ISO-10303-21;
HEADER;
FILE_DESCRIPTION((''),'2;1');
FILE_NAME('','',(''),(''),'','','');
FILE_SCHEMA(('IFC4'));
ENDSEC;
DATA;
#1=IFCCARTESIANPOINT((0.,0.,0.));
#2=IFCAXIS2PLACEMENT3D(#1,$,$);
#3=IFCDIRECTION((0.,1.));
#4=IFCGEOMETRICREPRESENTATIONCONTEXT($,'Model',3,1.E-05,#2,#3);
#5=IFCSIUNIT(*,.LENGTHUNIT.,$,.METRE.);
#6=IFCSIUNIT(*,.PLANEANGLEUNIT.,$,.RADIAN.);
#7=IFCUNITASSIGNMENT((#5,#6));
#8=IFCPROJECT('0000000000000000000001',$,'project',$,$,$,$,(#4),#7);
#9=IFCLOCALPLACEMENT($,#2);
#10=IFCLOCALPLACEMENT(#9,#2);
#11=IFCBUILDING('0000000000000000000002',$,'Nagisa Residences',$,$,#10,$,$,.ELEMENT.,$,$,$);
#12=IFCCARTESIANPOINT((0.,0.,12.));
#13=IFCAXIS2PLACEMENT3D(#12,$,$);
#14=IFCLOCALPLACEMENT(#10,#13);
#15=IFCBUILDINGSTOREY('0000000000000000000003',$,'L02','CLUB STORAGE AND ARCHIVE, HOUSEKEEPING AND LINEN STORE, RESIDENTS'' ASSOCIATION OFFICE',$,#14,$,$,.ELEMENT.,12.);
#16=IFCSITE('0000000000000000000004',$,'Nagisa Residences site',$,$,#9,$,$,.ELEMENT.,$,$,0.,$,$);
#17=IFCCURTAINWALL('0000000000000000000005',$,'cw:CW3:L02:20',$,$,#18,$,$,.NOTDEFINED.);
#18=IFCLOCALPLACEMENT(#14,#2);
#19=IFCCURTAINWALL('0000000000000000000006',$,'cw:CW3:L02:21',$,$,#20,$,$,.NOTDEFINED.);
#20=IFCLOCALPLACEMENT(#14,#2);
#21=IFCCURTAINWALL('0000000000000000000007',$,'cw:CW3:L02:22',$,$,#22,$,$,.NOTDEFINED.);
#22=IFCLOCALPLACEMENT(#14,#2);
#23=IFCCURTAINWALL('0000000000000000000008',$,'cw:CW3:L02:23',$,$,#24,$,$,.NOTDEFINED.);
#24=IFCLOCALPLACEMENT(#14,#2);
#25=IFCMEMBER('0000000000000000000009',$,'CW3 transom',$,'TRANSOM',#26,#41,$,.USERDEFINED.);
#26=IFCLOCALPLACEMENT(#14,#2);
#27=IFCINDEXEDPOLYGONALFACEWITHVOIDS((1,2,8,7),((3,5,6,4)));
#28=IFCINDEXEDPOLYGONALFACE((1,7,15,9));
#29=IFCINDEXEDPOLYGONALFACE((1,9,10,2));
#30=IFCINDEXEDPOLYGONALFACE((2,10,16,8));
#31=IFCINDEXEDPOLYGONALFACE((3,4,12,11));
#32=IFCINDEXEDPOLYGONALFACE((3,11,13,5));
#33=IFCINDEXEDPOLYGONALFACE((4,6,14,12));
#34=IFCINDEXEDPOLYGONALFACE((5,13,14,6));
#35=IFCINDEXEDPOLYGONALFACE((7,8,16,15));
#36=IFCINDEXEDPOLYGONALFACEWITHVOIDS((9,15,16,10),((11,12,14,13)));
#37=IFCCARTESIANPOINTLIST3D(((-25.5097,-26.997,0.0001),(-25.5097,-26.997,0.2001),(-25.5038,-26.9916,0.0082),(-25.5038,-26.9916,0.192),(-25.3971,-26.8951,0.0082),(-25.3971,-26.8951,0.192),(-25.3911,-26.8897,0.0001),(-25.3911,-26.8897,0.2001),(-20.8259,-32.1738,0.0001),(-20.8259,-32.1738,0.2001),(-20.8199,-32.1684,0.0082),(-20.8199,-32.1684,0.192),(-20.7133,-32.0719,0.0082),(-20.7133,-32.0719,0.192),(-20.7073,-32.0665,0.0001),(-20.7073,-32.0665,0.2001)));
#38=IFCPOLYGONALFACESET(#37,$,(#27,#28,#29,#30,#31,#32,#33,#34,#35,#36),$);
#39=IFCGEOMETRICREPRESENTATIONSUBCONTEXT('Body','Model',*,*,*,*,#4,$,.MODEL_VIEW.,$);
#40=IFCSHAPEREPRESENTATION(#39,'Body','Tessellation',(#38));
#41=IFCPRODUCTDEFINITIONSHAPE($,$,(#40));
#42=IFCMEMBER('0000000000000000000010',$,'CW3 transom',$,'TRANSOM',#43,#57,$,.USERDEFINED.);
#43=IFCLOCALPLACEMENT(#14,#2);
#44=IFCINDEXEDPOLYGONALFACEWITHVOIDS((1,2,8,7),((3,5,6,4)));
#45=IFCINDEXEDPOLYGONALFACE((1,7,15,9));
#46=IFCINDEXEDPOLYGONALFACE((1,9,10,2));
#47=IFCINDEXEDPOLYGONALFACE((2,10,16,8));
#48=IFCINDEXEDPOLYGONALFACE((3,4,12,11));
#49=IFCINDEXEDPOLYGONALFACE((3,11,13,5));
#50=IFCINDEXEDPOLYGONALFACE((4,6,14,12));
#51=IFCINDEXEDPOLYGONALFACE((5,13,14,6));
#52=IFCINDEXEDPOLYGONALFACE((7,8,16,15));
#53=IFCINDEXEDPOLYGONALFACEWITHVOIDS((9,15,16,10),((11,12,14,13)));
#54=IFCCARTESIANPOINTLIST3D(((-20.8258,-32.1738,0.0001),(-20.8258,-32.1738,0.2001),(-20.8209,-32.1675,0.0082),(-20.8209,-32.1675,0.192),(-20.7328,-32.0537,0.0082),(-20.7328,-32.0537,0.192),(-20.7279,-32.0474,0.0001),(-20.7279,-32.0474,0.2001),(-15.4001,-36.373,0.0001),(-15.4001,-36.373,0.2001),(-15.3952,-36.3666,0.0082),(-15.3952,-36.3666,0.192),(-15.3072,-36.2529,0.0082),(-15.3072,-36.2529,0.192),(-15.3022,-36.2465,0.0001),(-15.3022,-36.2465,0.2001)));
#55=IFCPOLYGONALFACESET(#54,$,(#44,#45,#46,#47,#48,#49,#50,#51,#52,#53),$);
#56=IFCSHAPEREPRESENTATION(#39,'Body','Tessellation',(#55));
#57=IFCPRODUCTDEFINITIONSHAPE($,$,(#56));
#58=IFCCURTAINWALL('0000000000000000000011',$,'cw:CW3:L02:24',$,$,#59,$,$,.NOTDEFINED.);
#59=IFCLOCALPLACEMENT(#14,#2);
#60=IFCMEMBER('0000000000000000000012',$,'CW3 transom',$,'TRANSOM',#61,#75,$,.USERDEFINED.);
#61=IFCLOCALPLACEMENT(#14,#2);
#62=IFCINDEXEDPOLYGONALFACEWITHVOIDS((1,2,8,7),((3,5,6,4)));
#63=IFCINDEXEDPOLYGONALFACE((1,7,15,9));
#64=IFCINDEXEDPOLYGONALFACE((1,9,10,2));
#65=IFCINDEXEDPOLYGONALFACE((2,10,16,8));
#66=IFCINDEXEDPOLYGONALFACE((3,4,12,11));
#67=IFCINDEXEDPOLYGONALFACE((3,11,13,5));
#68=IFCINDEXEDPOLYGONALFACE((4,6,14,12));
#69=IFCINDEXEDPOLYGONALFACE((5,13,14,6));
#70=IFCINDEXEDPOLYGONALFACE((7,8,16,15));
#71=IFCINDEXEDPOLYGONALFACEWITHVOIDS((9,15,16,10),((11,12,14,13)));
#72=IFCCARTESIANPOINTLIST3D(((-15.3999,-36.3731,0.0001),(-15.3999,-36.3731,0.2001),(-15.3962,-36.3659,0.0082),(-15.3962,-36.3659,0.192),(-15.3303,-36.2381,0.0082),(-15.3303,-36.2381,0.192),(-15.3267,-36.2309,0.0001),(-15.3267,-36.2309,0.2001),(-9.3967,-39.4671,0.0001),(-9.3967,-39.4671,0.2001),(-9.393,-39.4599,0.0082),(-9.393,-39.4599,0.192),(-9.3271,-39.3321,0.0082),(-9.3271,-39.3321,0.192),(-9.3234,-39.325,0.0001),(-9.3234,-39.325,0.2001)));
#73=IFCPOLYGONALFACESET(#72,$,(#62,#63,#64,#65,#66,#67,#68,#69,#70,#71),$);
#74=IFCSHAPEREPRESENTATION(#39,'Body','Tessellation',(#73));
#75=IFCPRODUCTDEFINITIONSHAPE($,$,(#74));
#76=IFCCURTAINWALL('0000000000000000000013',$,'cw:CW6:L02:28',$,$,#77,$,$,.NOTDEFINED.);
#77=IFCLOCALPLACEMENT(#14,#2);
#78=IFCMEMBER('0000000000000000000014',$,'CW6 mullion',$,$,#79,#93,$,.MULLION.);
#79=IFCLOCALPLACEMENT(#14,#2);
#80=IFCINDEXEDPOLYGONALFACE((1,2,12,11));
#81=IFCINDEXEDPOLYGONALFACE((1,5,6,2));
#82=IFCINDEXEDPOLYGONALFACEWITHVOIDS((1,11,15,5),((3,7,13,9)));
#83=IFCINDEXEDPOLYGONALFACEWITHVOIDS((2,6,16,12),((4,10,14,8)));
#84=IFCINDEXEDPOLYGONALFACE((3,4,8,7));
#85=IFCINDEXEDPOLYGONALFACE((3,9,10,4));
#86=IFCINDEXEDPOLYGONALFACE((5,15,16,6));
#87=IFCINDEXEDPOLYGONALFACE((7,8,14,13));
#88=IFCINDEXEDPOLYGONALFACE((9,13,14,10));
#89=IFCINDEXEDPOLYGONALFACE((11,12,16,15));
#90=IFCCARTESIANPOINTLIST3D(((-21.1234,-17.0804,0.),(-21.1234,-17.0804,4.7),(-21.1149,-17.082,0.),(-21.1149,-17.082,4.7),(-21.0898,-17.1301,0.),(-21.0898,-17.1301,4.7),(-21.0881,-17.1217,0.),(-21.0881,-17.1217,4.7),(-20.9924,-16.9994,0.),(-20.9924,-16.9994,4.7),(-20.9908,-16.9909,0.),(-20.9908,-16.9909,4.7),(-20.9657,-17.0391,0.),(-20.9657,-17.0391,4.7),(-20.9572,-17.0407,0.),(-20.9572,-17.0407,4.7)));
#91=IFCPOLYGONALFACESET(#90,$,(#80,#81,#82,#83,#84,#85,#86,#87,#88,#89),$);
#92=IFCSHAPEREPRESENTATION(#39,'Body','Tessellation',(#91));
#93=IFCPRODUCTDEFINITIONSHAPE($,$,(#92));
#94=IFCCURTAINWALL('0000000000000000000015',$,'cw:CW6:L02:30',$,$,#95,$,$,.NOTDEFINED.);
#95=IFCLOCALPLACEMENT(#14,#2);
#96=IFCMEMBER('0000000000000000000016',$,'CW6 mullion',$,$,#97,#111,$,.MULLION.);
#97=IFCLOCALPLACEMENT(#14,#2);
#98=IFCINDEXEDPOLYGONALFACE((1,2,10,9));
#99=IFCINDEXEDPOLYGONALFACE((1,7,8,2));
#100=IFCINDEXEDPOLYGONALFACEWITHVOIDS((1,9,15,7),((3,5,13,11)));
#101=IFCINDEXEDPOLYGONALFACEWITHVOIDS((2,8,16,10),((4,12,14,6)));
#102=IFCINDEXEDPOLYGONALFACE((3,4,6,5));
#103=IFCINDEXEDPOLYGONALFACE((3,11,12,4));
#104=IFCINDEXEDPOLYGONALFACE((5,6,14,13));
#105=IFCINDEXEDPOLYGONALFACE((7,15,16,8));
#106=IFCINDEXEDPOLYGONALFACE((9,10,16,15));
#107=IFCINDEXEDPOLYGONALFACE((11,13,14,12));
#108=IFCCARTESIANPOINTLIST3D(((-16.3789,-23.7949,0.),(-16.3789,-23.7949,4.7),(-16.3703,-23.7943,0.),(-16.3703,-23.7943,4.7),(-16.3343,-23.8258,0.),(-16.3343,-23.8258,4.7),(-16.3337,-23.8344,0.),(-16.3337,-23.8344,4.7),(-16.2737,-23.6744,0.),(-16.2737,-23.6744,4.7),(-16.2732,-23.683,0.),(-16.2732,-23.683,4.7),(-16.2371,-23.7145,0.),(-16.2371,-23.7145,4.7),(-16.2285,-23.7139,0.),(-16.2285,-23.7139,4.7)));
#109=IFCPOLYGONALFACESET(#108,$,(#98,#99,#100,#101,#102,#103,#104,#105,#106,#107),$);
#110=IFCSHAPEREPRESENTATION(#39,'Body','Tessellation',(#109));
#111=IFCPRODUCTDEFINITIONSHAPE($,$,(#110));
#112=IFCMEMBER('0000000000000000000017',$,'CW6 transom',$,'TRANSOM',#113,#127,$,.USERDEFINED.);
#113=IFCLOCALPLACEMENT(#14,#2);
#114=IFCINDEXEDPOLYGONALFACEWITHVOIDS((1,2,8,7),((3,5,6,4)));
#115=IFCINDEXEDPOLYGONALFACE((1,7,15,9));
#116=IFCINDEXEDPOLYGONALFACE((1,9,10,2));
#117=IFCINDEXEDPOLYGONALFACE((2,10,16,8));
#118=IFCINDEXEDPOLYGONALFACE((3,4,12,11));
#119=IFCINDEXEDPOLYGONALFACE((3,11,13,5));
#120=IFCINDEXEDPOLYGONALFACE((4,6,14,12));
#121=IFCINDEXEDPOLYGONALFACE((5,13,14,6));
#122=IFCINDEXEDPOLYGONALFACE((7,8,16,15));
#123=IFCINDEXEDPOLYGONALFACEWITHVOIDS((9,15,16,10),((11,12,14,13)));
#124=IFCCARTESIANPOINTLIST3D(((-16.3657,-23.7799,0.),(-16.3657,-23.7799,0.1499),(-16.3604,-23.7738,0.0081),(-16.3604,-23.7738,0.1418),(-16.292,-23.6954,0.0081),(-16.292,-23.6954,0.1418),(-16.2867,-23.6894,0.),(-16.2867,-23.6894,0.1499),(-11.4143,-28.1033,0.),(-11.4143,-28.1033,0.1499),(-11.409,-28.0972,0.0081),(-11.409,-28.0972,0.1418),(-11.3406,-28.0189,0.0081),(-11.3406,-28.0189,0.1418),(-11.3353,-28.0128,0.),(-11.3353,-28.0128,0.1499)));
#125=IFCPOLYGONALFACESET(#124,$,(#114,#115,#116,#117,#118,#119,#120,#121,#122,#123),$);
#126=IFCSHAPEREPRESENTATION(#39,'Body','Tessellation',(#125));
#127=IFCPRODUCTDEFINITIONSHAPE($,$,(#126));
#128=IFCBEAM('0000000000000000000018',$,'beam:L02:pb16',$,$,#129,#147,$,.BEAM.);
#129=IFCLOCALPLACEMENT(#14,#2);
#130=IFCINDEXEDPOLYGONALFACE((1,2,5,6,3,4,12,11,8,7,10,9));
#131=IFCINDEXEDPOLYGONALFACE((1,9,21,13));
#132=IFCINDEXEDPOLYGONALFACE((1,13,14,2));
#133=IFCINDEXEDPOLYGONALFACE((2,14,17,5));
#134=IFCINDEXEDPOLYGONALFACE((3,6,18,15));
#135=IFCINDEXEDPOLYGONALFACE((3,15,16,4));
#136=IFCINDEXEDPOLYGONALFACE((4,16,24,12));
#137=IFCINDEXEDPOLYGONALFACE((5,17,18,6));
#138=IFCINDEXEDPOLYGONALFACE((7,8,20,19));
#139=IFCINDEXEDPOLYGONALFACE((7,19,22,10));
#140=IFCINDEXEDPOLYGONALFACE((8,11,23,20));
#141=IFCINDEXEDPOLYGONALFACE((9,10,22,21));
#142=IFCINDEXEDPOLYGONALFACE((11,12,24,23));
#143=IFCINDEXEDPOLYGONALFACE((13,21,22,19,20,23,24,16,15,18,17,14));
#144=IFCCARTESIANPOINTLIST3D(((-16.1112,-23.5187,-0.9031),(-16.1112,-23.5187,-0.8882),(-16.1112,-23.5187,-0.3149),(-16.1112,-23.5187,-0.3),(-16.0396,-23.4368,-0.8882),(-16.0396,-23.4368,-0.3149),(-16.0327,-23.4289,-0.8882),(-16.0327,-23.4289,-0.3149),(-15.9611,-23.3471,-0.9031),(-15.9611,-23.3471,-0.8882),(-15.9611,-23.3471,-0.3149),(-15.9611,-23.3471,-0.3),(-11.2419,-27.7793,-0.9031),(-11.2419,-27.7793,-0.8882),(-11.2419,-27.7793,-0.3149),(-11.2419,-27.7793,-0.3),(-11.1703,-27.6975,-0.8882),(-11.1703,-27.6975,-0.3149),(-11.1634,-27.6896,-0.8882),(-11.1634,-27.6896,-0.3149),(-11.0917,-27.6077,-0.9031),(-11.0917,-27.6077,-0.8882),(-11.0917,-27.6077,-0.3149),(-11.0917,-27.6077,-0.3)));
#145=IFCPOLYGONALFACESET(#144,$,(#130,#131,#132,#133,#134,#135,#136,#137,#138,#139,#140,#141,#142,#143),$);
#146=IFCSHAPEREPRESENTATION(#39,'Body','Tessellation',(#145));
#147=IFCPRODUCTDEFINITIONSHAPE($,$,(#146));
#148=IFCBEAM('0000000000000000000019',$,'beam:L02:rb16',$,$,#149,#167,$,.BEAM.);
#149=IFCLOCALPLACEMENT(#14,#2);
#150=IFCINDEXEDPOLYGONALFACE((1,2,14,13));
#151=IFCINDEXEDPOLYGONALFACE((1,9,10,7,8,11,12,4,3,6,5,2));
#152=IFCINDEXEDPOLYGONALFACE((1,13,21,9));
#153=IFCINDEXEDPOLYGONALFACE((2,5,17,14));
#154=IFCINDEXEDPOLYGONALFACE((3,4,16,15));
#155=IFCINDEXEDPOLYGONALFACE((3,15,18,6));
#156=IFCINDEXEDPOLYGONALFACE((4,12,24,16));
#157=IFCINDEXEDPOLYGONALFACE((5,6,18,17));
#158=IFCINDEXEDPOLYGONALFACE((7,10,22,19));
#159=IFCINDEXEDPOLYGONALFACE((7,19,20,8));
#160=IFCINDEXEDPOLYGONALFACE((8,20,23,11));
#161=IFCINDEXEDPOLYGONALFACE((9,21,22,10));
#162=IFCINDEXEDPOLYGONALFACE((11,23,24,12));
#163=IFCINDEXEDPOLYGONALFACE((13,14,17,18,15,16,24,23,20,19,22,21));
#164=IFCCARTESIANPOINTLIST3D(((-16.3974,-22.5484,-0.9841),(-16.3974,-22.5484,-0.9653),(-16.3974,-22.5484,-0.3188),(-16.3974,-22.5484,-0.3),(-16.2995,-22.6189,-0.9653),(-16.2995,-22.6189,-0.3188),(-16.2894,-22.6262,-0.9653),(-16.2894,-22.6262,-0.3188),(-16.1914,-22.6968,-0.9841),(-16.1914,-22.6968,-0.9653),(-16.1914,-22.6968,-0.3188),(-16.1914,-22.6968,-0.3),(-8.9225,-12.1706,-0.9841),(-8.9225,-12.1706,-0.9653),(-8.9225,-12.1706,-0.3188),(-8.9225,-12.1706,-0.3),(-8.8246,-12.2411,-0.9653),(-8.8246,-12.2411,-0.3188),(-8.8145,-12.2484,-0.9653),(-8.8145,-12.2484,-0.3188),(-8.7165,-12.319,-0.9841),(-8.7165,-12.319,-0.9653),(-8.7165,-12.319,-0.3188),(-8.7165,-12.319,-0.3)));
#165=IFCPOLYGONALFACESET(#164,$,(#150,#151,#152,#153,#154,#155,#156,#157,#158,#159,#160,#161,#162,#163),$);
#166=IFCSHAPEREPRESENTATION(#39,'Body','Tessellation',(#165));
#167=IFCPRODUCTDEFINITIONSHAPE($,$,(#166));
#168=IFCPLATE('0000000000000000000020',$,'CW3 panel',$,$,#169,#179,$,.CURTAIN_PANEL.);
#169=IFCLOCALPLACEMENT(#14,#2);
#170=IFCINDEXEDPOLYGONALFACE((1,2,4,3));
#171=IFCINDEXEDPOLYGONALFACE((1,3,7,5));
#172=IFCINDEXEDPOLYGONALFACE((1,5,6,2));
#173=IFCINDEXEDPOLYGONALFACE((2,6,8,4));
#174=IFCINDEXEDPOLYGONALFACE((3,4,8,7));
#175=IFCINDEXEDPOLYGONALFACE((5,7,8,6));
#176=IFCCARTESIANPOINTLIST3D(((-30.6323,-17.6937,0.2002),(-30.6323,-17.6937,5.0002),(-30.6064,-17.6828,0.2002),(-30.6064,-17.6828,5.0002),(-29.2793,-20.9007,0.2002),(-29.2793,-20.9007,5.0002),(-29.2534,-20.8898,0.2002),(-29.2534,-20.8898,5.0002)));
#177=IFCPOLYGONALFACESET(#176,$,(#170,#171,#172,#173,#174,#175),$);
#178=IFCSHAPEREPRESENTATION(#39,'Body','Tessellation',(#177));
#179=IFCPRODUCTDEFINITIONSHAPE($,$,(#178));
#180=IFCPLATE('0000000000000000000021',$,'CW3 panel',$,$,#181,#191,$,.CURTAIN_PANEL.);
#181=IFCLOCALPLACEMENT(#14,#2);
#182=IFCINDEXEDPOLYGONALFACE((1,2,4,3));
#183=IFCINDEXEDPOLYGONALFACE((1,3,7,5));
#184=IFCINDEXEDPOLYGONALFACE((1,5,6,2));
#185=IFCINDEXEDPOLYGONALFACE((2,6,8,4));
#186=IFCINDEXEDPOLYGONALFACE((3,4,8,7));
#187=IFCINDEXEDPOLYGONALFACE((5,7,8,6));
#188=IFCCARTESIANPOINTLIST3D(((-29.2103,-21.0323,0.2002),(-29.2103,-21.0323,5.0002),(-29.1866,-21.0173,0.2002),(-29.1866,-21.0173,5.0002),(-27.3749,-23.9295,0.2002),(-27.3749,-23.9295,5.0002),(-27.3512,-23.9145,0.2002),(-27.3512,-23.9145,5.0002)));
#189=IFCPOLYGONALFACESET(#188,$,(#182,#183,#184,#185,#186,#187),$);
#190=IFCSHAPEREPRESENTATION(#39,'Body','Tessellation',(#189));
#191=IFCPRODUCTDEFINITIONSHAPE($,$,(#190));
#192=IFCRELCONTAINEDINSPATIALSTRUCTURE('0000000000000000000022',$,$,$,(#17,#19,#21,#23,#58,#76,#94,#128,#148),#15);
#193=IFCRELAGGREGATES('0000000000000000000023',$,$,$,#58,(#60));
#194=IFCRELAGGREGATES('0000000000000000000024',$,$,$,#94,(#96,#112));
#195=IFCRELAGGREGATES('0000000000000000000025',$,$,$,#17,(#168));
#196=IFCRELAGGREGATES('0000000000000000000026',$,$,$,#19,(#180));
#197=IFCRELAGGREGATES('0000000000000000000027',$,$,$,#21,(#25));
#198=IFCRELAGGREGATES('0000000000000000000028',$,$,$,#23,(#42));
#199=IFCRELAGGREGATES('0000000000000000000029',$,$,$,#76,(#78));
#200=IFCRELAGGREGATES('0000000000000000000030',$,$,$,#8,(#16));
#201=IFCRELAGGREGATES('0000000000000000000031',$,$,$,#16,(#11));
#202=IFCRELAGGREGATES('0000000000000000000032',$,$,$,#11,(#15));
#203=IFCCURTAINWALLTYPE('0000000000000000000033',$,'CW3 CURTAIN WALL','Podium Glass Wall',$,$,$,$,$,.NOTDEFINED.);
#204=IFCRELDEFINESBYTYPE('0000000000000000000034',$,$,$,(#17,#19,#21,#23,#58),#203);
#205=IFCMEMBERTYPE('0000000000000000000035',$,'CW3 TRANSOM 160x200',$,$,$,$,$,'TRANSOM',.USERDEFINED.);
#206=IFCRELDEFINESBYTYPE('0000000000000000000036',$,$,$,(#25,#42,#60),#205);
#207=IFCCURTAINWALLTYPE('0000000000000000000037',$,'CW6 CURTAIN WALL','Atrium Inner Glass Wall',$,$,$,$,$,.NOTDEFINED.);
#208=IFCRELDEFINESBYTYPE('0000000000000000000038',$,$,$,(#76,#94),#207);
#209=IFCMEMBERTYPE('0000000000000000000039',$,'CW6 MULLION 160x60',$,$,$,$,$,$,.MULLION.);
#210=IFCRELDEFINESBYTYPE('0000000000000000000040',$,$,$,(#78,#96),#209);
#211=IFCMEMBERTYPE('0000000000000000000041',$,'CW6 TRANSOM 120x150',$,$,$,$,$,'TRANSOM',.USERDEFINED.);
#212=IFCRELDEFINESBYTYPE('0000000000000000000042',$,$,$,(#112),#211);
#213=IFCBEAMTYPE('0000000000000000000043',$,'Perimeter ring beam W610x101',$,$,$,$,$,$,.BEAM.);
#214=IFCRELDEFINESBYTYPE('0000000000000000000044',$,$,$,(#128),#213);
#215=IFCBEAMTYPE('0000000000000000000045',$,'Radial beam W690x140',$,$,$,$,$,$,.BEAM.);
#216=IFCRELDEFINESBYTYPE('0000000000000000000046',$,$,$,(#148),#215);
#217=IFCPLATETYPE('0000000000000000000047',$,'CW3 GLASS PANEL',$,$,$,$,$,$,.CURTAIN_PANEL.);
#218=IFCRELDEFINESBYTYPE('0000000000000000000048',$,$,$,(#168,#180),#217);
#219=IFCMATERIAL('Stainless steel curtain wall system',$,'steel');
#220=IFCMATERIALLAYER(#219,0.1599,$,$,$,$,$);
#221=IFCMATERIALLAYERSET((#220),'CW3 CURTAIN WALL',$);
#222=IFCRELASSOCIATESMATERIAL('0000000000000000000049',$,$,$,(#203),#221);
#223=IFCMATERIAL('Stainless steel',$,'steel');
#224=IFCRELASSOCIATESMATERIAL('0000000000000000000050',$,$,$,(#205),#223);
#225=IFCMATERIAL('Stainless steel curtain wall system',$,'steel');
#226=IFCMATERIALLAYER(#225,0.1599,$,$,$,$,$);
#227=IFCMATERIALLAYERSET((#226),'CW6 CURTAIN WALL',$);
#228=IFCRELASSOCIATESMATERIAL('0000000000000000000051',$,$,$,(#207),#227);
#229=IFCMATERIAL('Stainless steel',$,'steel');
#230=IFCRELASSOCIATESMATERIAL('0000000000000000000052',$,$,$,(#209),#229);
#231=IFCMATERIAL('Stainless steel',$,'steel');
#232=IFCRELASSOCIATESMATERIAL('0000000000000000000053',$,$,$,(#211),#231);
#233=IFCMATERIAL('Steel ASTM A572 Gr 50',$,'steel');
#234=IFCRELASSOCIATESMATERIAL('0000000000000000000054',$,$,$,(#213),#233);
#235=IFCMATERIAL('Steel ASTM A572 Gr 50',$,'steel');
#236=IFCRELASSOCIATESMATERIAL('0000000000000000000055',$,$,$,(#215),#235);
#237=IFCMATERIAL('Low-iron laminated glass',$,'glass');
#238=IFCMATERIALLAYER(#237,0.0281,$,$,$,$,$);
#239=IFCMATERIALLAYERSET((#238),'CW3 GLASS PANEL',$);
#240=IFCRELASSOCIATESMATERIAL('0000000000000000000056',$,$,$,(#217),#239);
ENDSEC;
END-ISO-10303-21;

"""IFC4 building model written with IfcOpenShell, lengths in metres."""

from ifc_helpers import new_model, si_unit, direction, frame, origin, origin_2d, place, context, subcontext, project, spatial, rectangle, hollow_rectangle, i_section, extrude, material, layer, layer_set, material_profile, profile_set, type_object, element, aggregate, save


model = new_model("IFC4")

# Units and contexts
model_context = context("Model", 3, precision=1e-05, world=origin(), true_north=direction((0.0, 1.0)))
body_context = subcontext(model_context, "Body", "Model", "MODEL_VIEW")
ifc_project = project(units=[si_unit("LENGTHUNIT", "METRE"), si_unit("PLANEANGLEUNIT", "RADIAN")], contexts=[model_context])

# Site, building, storey
site_placement = place(None, origin())
site = spatial("IfcSite", under=ifc_project, at=site_placement, Name="Nagisa Residences site", CompositionType="ELEMENT", RefElevation=0.0)
building_placement = place(site_placement, origin())
building = spatial("IfcBuilding", under=site, at=building_placement, Name="Nagisa Residences", CompositionType="ELEMENT")
storey_placement = place(building_placement, frame((0.0, 0.0, 12.0)))
storey = spatial("IfcBuildingStorey", under=building, at=storey_placement, Name="L02", Description="CLUB STORAGE AND ARCHIVE, HOUSEKEEPING AND LINEN STORE, RESIDENTS' ASSOCIATION OFFICE", CompositionType="ELEMENT", Elevation=12.0)

# Curtain walls
ifc_material_1 = material(Name="Stainless steel curtain wall system", Category="steel")
ifc_layer_1 = layer(ifc_material_1, 0.1599)
ifc_layer_set_1 = layer_set([ifc_layer_1], Name="CW3 CURTAIN WALL")
curtain_wall_type_1 = type_object("IfcCurtainWallType", Name="CW3 CURTAIN WALL", Description="Podium Glass Wall", PredefinedType="NOTDEFINED", material=ifc_layer_set_1)
curtain_wall_1_placement = place(storey_placement, origin())
curtain_wall_1 = element("IfcCurtainWall", 1, at=curtain_wall_1_placement, inside=storey, type_object=curtain_wall_type_1, Name="cw:CW3:L02:20", PredefinedType="NOTDEFINED")
curtain_wall_2_placement = place(storey_placement, origin())
curtain_wall_2 = element("IfcCurtainWall", 2, at=curtain_wall_2_placement, inside=storey, type_object=curtain_wall_type_1, Name="cw:CW3:L02:21", PredefinedType="NOTDEFINED")
curtain_wall_3_placement = place(storey_placement, origin())
curtain_wall_3 = element("IfcCurtainWall", 3, at=curtain_wall_3_placement, inside=storey, type_object=curtain_wall_type_1, Name="cw:CW3:L02:22", PredefinedType="NOTDEFINED")
curtain_wall_4_placement = place(storey_placement, origin())
curtain_wall_4 = element("IfcCurtainWall", 4, at=curtain_wall_4_placement, inside=storey, type_object=curtain_wall_type_1, Name="cw:CW3:L02:23", PredefinedType="NOTDEFINED")

# Members
ifc_material_2 = material(Name="Stainless steel", Category="steel")
ifc_material_profile_1 = material_profile(ifc_material_2, hollow_rectangle(XDim=0.1599, YDim=0.2, WallThickness=0.0081, at=origin_2d()), Name="CW3 TRANSOM 160x200")
ifc_profile_set_1 = profile_set([ifc_material_profile_1], Name="Stainless steel")
member_type_1 = type_object("IfcMemberType", Name="CW3 TRANSOM 160x200", ElementType="TRANSOM", PredefinedType="USERDEFINED", material=ifc_profile_set_1)
member_1_placement = place(storey_placement, frame((-25.4504, -26.9434, 0.1001), z_axis=(0.670922, -0.741528, 0.0), x_axis=(0.741528, 0.670922, 0.0)))
member_1 = element("IfcMember", 5, at=member_1_placement, type_object=member_type_1, Name="CW3 transom", ObjectType="TRANSOM", PredefinedType="USERDEFINED", context=body_context, shape_type="SweptSolid", body=[
    extrude(hollow_rectangle(XDim=0.1599, YDim=0.2, WallThickness=0.0081, at=origin_2d()), origin(), (0.0, 0.0, 1.0), 6.9812),
])
member_2_placement = place(storey_placement, frame((-20.7769, -32.1106, 0.1001), z_axis=(0.790821, -0.612047, 0.0), x_axis=(0.612047, 0.790821, 0.0)))
member_2 = element("IfcMember", 6, at=member_2_placement, type_object=member_type_1, Name="CW3 transom", ObjectType="TRANSOM", PredefinedType="USERDEFINED", context=body_context, shape_type="SweptSolid", body=[
    extrude(hollow_rectangle(XDim=0.1599, YDim=0.2, WallThickness=0.0081, at=origin_2d()), origin(), (0.0, 0.0, 1.0), 6.8608),
])

# Curtain walls, members
curtain_wall_5_placement = place(storey_placement, origin())
curtain_wall_5 = element("IfcCurtainWall", 7, at=curtain_wall_5_placement, inside=storey, type_object=curtain_wall_type_1, Name="cw:CW3:L02:24", PredefinedType="NOTDEFINED")
member_3_placement = place(storey_placement, frame((-15.3633, -36.302, 0.1001), z_axis=(0.888887, -0.458126, 0.0), x_axis=(0.458126, 0.888887, 0.0)))
member_3 = element("IfcMember", 8, at=member_3_placement, type_object=member_type_1, Name="CW3 transom", ObjectType="TRANSOM", PredefinedType="USERDEFINED", context=body_context, shape_type="SweptSolid", body=[
    extrude(hollow_rectangle(XDim=0.1599, YDim=0.2, WallThickness=0.0081, at=origin_2d()), origin(), (0.0, 0.0, 1.0), 6.7537),
])
aggregate(curtain_wall_5, [member_3])
ifc_material_3 = material(Name="Stainless steel curtain wall system", Category="steel")
ifc_layer_2 = layer(ifc_material_3, 0.1599)
ifc_layer_set_2 = layer_set([ifc_layer_2], Name="CW6 CURTAIN WALL")
curtain_wall_type_2 = type_object("IfcCurtainWallType", Name="CW6 CURTAIN WALL", Description="Atrium Inner Glass Wall", PredefinedType="NOTDEFINED", material=ifc_layer_set_2)
curtain_wall_6_placement = place(storey_placement, origin())
curtain_wall_6 = element("IfcCurtainWall", 9, at=curtain_wall_6_placement, inside=storey, type_object=curtain_wall_type_2, Name="cw:CW6:L02:28", PredefinedType="NOTDEFINED")
ifc_material_4 = material(Name="Stainless steel", Category="steel")
ifc_material_profile_2 = material_profile(ifc_material_4, hollow_rectangle(XDim=0.1599, YDim=0.0601, WallThickness=0.0061, at=origin_2d()), Name="CW6 MULLION 160x60")
ifc_profile_set_2 = profile_set([ifc_material_profile_2], Name="Stainless steel")
member_type_2 = type_object("IfcMemberType", Name="CW6 MULLION 160x60", PredefinedType="MULLION", material=ifc_profile_set_2)
member_4_placement = place(storey_placement, frame((-21.0403, -17.0605, 0.0), z_axis=(0.0, 0.0, 1.0), x_axis=(0.829111, 0.559084, 0.0)))
member_4 = element("IfcMember", 10, at=member_4_placement, type_object=member_type_2, Name="CW6 mullion", PredefinedType="MULLION", context=body_context, shape_type="SweptSolid", body=[
    extrude(hollow_rectangle(XDim=0.1599, YDim=0.0601, WallThickness=0.0061, at=origin_2d()), origin(), (0.0, 0.0, 1.0), 4.7),
])

# Curtain wall, members
curtain_wall_7_placement = place(storey_placement, origin())
curtain_wall_7 = element("IfcCurtainWall", 11, at=curtain_wall_7_placement, inside=storey, type_object=curtain_wall_type_2, Name="cw:CW6:L02:30", PredefinedType="NOTDEFINED")
member_5_placement = place(storey_placement, frame((-16.3037, -23.7544, 0.0), z_axis=(0.0, 0.0, 1.0), x_axis=(0.657721, 0.753261, 0.0)))
member_5 = element("IfcMember", 12, at=member_5_placement, type_object=member_type_2, Name="CW6 mullion", PredefinedType="MULLION", context=body_context, shape_type="SweptSolid", body=[
    extrude(hollow_rectangle(XDim=0.1599, YDim=0.0601, WallThickness=0.0061, at=origin_2d()), origin(), (0.0, 0.0, 1.0), 4.7),
])
ifc_material_5 = material(Name="Stainless steel", Category="steel")
ifc_material_profile_3 = material_profile(ifc_material_5, hollow_rectangle(XDim=0.1201, YDim=0.1499, WallThickness=0.0081, at=origin_2d()), Name="CW6 TRANSOM 120x150")
ifc_profile_set_3 = profile_set([ifc_material_profile_3], Name="Stainless steel")
member_type_3 = type_object("IfcMemberType", Name="CW6 TRANSOM 120x150", ElementType="TRANSOM", PredefinedType="USERDEFINED", material=ifc_profile_set_3)
member_6_placement = place(storey_placement, frame((-16.3262, -23.7346, 0.075), z_axis=(0.753255, -0.657729, 0.0), x_axis=(0.657729, 0.753255, 0.0)))
member_6 = element("IfcMember", 13, at=member_6_placement, type_object=member_type_3, Name="CW6 transom", ObjectType="TRANSOM", PredefinedType="USERDEFINED", context=body_context, shape_type="SweptSolid", body=[
    extrude(hollow_rectangle(XDim=0.1201, YDim=0.1499, WallThickness=0.0081, at=origin_2d()), origin(), (0.0, 0.0, 1.0), 6.5732),
])
aggregate(curtain_wall_7, [member_5, member_6])

# Beams
ifc_material_6 = material(Name="Steel ASTM A572 Gr 50", Category="steel")
ifc_material_profile_4 = material_profile(ifc_material_6, i_section(OverallWidth=0.228, OverallDepth=0.603, WebThickness=0.0105, FlangeThickness=0.0149, at=origin_2d()), Name="W610x101")
ifc_profile_set_4 = profile_set([ifc_material_profile_4], Name="Steel ASTM A572 Gr 50")
beam_type_1 = type_object("IfcBeamType", Name="Perimeter ring beam W610x101", PredefinedType="BEAM", material=ifc_profile_set_4)
beam_1_placement = place(storey_placement, frame((-16.0361, -23.4329, -0.6016), z_axis=(0.752574, -0.658507, 0.0), x_axis=(0.658507, 0.752574, 0.0)))
element("IfcBeam", 14, at=beam_1_placement, inside=storey, type_object=beam_type_1, Name="beam:L02:pb16", PredefinedType="BEAM", context=body_context, shape_type="SweptSolid", body=[
    extrude(i_section(OverallWidth=0.228, OverallDepth=0.603, WebThickness=0.0105, FlangeThickness=0.0149, at=origin_2d()), origin(), (0.0, 0.0, 1.0), 6.4702),
])
ifc_material_7 = material(Name="Steel ASTM A572 Gr 50", Category="steel")
ifc_material_profile_5 = material_profile(ifc_material_7, i_section(OverallWidth=0.2539, OverallDepth=0.6841, WebThickness=0.0125, FlangeThickness=0.0188, at=origin_2d()), Name="W690x140")
ifc_profile_set_5 = profile_set([ifc_material_profile_5], Name="Steel ASTM A572 Gr 50")
beam_type_2 = type_object("IfcBeamType", Name="Radial beam W690x140", PredefinedType="BEAM", material=ifc_profile_set_5)
beam_2_placement = place(storey_placement, frame((-16.2944, -22.6226, -0.6421), z_axis=(0.584455, 0.811426, 0.0), x_axis=(-0.811426, 0.584455, 0.0)))
element("IfcBeam", 15, at=beam_2_placement, inside=storey, type_object=beam_type_2, Name="beam:L02:rb16", PredefinedType="BEAM", context=body_context, shape_type="SweptSolid", body=[
    extrude(i_section(OverallWidth=0.2539, OverallDepth=0.6841, WebThickness=0.0125, FlangeThickness=0.0188, at=origin_2d()), origin(), (0.0, 0.0, 1.0), 12.7896),
])

# Plates
ifc_material_8 = material(Name="Low-iron laminated glass", Category="glass")
ifc_layer_3 = layer(ifc_material_8, 0.0281)
ifc_layer_set_3 = layer_set([ifc_layer_3], Name="CW3 GLASS PANEL")
plate_type_1 = type_object("IfcPlateType", Name="CW3 GLASS PANEL", PredefinedType="CURTAIN_PANEL", material=ifc_layer_set_3)
plate_1_placement = place(storey_placement, frame((-29.9429, -19.2917, 0.2002), z_axis=(0.0, 0.0, 1.0), x_axis=(0.388718, -0.921357, 0.0)))
plate_1 = element("IfcPlate", 16, at=plate_1_placement, type_object=plate_type_1, Name="CW3 panel", PredefinedType="CURTAIN_PANEL", context=body_context, shape_type="SweptSolid", body=[
    extrude(rectangle(XDim=3.4807, YDim=0.0281, at=origin_2d()), origin(), (0.0, 0.0, 1.0), 4.8),
])
aggregate(curtain_wall_1, [plate_1])
plate_2_placement = place(storey_placement, frame((-28.2808, -22.4734, 0.2002), z_axis=(0.0, 0.0, 1.0), x_axis=(0.535165, -0.844747, 0.0)))
plate_2 = element("IfcPlate", 17, at=plate_2_placement, type_object=plate_type_1, Name="CW3 panel", PredefinedType="CURTAIN_PANEL", context=body_context, shape_type="SweptSolid", body=[
    extrude(rectangle(XDim=3.4297, YDim=0.0281, at=origin_2d()), origin(), (0.0, 0.0, 1.0), 4.8),
])
aggregate(curtain_wall_2, [plate_2])
aggregate(curtain_wall_3, [member_1])
aggregate(curtain_wall_4, [member_2])
aggregate(curtain_wall_6, [member_4])

save(model, "model.ifc")
